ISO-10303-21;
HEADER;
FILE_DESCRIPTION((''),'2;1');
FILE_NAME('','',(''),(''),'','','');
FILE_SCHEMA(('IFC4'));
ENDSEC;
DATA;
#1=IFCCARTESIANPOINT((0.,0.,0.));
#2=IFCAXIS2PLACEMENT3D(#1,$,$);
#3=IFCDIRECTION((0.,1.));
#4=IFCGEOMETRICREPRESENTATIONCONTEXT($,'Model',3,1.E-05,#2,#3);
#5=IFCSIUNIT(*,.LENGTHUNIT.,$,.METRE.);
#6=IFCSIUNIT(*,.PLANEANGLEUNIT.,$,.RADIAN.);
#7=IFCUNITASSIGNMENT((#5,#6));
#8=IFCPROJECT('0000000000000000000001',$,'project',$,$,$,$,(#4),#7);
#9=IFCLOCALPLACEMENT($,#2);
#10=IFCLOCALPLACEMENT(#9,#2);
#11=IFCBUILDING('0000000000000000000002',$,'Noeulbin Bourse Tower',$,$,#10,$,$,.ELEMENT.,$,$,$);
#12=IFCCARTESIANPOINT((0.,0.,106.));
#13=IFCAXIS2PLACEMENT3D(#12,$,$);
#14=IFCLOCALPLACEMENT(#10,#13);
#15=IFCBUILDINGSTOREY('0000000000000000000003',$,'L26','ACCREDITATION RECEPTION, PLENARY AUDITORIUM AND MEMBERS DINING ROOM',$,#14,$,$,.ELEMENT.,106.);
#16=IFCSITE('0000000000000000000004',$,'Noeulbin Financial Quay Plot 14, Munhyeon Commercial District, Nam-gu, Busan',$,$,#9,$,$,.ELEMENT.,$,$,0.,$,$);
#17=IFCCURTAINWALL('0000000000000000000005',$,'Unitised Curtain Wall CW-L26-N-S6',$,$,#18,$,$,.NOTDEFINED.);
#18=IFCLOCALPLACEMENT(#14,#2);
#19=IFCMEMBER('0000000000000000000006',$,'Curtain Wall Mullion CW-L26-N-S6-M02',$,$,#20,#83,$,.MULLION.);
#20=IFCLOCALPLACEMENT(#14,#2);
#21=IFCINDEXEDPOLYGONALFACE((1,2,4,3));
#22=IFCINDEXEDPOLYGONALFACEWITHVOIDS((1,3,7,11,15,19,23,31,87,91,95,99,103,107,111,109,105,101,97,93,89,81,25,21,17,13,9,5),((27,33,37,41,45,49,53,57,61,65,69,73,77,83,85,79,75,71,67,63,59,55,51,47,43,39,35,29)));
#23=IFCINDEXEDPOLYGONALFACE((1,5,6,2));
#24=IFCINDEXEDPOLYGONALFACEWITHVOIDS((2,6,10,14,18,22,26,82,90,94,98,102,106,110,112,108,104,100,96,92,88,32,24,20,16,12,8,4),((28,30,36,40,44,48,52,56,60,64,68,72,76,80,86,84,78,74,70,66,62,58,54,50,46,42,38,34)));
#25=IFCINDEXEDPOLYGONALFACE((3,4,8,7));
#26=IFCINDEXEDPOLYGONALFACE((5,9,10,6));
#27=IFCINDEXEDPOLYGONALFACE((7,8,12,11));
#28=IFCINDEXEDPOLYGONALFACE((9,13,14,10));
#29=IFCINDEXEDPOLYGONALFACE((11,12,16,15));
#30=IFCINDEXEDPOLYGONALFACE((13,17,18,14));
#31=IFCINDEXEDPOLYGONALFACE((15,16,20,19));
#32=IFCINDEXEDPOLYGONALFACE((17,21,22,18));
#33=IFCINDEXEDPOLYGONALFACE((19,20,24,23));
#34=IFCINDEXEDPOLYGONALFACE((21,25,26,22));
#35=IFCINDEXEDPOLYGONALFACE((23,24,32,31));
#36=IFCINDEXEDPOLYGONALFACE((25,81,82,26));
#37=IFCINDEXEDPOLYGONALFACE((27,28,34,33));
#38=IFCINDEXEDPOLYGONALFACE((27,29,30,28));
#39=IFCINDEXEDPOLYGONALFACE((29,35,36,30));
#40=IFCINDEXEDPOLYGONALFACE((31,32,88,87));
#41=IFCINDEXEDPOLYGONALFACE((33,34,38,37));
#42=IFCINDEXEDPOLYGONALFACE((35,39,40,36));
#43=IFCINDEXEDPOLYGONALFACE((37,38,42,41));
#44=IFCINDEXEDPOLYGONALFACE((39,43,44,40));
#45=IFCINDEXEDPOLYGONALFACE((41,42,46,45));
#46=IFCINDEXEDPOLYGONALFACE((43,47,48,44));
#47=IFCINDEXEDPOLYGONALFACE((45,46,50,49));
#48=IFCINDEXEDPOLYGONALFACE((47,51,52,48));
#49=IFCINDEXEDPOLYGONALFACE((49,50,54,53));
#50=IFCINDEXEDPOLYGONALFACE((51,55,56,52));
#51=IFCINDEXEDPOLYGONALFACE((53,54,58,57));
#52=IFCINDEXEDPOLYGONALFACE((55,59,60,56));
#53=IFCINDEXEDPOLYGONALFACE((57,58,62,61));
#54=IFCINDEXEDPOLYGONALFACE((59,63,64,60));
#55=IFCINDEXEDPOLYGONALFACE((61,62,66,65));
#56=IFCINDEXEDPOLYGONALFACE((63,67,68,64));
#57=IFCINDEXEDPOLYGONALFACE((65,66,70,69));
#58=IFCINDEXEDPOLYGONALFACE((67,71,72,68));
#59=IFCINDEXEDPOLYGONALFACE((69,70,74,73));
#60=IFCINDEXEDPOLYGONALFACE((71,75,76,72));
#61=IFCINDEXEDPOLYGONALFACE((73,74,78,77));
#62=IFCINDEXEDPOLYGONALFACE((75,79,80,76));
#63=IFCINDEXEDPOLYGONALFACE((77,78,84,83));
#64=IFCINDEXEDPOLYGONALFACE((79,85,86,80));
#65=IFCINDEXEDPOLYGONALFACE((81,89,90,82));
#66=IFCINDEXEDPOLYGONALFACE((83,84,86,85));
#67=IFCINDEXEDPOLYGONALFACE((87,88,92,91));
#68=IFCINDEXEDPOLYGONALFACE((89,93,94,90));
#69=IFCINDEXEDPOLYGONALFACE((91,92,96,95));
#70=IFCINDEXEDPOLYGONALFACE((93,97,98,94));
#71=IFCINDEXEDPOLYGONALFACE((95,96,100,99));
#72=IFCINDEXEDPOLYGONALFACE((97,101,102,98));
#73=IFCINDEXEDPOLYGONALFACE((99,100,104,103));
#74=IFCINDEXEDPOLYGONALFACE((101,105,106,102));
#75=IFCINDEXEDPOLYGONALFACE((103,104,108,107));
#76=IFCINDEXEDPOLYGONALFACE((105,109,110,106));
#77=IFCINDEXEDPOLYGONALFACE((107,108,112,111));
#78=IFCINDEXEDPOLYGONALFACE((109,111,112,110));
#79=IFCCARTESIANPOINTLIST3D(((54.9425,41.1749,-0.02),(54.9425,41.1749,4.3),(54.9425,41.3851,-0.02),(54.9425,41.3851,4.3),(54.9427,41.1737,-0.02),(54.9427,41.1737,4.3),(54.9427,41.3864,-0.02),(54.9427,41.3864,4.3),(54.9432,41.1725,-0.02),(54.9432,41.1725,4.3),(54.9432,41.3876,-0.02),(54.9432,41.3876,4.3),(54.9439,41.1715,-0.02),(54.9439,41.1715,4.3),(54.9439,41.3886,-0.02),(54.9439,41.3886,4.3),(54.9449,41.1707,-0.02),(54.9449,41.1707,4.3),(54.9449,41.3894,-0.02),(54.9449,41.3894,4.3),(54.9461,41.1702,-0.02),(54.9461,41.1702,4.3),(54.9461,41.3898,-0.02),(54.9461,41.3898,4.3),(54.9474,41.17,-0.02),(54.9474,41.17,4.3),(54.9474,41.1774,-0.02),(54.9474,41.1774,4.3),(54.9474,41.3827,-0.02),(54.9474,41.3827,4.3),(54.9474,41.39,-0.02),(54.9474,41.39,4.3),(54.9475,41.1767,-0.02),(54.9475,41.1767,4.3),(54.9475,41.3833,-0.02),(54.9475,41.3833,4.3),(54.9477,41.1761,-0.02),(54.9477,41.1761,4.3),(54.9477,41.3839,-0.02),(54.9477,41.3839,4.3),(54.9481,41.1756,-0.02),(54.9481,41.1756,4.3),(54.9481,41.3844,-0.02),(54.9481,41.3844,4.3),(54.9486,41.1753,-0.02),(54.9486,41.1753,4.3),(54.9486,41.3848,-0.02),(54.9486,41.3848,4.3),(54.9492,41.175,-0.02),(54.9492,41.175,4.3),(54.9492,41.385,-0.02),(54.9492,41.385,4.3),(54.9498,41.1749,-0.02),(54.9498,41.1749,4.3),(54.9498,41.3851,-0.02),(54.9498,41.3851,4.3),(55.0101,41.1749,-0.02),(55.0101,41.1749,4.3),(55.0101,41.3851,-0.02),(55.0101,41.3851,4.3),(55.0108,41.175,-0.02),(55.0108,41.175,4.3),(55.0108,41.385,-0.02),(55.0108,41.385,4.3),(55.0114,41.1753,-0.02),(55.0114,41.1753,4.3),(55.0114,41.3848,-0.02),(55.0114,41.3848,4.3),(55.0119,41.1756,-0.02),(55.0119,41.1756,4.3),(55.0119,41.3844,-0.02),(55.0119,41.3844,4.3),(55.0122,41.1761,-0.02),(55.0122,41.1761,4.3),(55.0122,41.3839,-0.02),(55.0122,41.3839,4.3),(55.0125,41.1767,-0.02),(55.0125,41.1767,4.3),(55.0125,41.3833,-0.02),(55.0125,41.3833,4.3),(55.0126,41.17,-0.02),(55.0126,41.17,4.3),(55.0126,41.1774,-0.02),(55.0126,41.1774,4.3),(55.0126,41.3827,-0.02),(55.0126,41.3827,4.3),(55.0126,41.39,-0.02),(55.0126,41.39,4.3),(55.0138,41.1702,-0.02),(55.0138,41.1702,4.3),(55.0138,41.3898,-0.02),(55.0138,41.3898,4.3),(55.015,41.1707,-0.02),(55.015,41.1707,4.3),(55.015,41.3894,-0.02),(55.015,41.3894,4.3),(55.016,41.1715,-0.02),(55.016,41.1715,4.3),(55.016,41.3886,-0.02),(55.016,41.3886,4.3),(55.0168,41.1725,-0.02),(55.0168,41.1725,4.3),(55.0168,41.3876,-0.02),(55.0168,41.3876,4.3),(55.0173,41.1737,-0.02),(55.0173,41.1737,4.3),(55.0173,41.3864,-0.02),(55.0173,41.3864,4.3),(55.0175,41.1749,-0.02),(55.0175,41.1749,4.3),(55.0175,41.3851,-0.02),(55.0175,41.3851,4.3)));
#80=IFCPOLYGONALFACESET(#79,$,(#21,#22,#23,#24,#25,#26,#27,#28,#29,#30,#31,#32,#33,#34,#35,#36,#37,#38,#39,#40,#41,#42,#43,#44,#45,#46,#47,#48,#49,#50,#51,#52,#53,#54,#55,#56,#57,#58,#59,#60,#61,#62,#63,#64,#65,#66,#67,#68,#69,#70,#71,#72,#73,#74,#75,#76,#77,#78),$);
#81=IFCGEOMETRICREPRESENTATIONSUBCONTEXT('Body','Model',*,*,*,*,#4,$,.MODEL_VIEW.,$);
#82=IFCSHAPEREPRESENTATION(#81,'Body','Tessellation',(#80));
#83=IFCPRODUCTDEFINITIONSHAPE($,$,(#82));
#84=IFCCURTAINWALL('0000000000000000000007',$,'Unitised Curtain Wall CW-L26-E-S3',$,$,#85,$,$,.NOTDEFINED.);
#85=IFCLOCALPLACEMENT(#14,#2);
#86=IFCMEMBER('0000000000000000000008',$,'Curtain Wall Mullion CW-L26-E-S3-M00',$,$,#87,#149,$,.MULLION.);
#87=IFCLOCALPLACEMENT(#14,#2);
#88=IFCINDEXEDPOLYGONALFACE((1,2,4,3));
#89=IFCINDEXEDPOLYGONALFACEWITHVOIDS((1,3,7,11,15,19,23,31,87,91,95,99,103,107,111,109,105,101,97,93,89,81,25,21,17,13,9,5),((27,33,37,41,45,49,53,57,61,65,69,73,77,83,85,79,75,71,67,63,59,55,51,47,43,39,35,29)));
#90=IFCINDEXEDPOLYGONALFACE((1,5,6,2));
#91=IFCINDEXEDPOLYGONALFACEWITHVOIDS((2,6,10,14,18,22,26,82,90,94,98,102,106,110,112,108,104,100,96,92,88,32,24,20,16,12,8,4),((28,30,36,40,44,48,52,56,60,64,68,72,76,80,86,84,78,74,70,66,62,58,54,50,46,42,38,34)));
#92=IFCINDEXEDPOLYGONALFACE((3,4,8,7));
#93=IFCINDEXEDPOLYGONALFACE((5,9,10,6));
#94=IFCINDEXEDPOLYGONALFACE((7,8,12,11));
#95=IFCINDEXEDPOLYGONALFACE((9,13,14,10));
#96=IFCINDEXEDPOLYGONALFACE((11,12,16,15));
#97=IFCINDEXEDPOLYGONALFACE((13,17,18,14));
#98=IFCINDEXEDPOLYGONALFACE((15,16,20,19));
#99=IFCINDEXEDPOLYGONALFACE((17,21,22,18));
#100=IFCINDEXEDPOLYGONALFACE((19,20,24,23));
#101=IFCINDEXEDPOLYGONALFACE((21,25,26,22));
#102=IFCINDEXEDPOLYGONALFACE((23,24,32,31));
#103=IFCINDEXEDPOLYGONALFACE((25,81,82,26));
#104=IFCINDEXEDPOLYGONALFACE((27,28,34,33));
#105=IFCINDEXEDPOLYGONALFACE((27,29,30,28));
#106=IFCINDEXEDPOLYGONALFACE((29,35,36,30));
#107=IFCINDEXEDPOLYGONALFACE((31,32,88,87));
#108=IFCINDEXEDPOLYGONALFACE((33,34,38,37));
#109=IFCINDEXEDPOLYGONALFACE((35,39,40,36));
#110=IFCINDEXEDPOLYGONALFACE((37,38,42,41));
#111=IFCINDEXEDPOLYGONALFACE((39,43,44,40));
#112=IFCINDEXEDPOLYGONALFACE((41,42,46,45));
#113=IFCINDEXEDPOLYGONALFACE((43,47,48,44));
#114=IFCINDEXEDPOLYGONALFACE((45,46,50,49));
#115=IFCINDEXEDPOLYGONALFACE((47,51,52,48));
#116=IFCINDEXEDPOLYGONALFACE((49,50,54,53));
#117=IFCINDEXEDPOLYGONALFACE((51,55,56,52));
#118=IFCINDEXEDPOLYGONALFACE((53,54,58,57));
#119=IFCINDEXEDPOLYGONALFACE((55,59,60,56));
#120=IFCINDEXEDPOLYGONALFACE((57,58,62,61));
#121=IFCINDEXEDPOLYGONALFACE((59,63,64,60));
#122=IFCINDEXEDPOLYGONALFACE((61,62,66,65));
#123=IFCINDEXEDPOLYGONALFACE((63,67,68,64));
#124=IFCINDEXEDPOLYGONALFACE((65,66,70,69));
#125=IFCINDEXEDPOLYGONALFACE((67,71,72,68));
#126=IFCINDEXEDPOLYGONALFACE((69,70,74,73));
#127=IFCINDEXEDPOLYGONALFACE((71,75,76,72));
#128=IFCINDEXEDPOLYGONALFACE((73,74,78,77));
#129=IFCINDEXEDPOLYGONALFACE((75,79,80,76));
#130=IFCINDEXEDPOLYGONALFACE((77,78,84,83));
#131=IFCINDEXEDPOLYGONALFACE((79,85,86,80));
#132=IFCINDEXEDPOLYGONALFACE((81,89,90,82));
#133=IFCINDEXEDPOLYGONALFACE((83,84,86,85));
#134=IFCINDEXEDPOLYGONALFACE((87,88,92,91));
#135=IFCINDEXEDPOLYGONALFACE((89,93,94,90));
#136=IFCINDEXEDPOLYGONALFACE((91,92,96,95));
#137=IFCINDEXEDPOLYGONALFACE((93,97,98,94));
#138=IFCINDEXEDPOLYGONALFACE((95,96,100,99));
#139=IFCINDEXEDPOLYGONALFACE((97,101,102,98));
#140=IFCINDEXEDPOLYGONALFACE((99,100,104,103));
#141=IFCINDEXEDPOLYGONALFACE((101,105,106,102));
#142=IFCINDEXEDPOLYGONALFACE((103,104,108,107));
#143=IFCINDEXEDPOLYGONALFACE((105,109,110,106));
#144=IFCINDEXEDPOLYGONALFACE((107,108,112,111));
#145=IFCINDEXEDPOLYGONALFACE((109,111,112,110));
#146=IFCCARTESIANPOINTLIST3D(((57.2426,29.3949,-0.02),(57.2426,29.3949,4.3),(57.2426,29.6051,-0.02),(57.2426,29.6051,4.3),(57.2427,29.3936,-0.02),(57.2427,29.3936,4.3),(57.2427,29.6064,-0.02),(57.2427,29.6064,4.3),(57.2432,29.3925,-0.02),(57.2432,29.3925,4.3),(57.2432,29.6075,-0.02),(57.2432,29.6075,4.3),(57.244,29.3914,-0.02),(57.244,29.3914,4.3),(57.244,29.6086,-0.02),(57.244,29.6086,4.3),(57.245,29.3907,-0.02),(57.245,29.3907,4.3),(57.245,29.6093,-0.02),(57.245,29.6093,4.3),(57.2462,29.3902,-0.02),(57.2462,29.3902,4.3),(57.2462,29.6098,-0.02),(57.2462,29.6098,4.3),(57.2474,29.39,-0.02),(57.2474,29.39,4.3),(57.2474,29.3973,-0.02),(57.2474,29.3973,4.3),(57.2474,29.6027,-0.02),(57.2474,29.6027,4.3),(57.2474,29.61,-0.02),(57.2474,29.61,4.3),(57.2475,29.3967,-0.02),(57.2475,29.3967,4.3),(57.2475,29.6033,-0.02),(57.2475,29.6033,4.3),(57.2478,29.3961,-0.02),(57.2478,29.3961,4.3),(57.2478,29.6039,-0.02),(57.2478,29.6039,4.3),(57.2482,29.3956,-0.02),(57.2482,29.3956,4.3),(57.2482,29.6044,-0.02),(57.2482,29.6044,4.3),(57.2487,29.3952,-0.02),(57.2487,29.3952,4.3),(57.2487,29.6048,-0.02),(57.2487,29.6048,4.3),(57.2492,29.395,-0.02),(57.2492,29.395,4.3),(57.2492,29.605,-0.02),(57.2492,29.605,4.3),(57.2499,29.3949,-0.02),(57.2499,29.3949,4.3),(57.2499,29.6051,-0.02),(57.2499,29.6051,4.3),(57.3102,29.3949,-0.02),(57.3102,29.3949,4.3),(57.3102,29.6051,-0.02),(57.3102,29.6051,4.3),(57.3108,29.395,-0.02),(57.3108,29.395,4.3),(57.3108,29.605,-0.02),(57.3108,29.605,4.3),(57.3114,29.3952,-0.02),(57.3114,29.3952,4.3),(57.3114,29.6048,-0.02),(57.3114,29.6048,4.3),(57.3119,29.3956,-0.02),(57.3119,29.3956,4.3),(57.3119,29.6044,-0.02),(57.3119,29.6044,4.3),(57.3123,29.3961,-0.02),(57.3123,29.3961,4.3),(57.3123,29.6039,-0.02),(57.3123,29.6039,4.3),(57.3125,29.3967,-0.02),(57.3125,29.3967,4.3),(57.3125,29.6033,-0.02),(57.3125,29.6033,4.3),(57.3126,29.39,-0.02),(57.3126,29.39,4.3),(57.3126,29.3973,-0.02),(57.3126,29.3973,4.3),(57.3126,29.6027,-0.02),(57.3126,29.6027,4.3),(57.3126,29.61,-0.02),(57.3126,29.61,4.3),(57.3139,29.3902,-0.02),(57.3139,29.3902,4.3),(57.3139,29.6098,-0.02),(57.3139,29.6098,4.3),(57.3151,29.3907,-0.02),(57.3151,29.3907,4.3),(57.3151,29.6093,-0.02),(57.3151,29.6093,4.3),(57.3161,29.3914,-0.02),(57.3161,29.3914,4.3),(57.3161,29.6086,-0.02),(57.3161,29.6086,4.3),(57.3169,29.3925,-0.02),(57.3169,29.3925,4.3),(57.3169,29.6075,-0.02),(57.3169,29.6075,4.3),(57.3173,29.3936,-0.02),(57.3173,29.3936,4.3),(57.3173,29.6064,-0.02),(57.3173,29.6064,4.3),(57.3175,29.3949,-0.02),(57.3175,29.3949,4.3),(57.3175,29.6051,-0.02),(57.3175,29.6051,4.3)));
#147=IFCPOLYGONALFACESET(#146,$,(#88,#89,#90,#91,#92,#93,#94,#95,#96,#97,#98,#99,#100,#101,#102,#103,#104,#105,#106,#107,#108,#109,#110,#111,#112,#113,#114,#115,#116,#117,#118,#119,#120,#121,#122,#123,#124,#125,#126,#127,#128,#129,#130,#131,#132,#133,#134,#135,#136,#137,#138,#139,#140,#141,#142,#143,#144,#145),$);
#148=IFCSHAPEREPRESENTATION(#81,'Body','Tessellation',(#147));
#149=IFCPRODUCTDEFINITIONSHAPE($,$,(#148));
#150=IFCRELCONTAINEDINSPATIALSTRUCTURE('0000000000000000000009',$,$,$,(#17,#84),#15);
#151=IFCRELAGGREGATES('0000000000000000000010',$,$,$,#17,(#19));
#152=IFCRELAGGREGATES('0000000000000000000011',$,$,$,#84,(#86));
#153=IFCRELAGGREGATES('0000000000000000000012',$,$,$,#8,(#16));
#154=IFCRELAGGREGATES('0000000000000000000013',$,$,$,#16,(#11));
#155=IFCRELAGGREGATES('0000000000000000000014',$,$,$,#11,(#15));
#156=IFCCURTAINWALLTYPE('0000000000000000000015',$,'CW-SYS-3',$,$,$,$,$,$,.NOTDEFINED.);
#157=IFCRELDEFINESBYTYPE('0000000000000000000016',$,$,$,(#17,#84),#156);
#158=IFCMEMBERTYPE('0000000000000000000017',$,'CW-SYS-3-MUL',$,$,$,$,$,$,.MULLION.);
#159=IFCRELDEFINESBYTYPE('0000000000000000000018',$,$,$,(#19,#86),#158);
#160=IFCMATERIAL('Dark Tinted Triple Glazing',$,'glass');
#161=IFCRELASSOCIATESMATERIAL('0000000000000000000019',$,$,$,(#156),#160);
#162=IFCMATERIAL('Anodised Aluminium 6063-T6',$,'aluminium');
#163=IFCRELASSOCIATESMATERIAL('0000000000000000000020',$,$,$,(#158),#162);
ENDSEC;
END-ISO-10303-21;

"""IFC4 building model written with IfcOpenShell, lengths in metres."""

from ifc_helpers import new_model, si_unit, direction, frame, origin, origin_2d, place, context, subcontext, project, spatial, hollow_rectangle, extrude, material, material_profile, profile_set, type_object, element, aggregate, save


model = new_model("IFC4")

# Units and contexts
model_context = context("Model", 3, precision=1e-05, world=origin(), true_north=direction((0.0, 1.0)))
body_context = subcontext(model_context, "Body", "Model", "MODEL_VIEW")
ifc_project = project(units=[si_unit("LENGTHUNIT", "METRE"), si_unit("PLANEANGLEUNIT", "RADIAN")], contexts=[model_context])

# Site, building, storey
site_placement = place(None, origin())
site = spatial("IfcSite", under=ifc_project, at=site_placement, Name="Noeulbin Financial Quay Plot 14, Munhyeon Commercial District, Nam-gu, Busan", CompositionType="ELEMENT", RefElevation=0.0)
building_placement = place(site_placement, origin())
building = spatial("IfcBuilding", under=site, at=building_placement, Name="Noeulbin Bourse Tower", CompositionType="ELEMENT")
storey_placement = place(building_placement, frame((0.0, 0.0, 106.0)))
storey = spatial("IfcBuildingStorey", under=building, at=storey_placement, Name="L26", Description="ACCREDITATION RECEPTION, PLENARY AUDITORIUM AND MEMBERS DINING ROOM", CompositionType="ELEMENT", Elevation=106.0)

# Curtain walls, members
ifc_material_1 = material(Name="Dark Tinted Triple Glazing", Category="glass")
curtain_wall_type = type_object("IfcCurtainWallType", Name="CW-SYS-3", PredefinedType="NOTDEFINED", material=ifc_material_1)
curtain_wall_1_placement = place(storey_placement, origin())
curtain_wall_1 = element("IfcCurtainWall", 1, at=curtain_wall_1_placement, inside=storey, type_object=curtain_wall_type, Name="Unitised Curtain Wall CW-L26-N-S6", PredefinedType="NOTDEFINED")
ifc_material_2 = material(Name="Anodised Aluminium 6063-T6", Category="aluminium")
ifc_material_profile_1 = material_profile(ifc_material_2, hollow_rectangle(XDim=0.075, YDim=0.22, WallThickness=0.0049, InnerFilletRadius=0.0024, OuterFilletRadius=0.0049, at=origin_2d()), Name="ALU-MULL-75x220x5", Category="LoadBearing")
ifc_profile_set_1 = profile_set([ifc_material_profile_1], Name="Anodised Aluminium 6063-T6")
member_type_1 = type_object("IfcMemberType", Name="CW-SYS-3-MUL", PredefinedType="MULLION", material=ifc_profile_set_1)
member_1_placement = place(storey_placement, frame((54.98, 41.28, -0.02), z_axis=(0.0, 0.0, 1.0), x_axis=(1.0, 0.0, 0.0)))
member_1 = element("IfcMember", 2, at=member_1_placement, type_object=member_type_1, Name="Curtain Wall Mullion CW-L26-N-S6-M02", PredefinedType="MULLION", context=body_context, shape_type="SweptSolid", body=[
    extrude(hollow_rectangle(XDim=0.075, YDim=0.22, WallThickness=0.0049, InnerFilletRadius=0.0024, OuterFilletRadius=0.0049, at=origin_2d()), origin(), (0.0, 0.0, 1.0), 4.3201),
])
curtain_wall_2_placement = place(storey_placement, origin())
curtain_wall_2 = element("IfcCurtainWall", 3, at=curtain_wall_2_placement, inside=storey, type_object=curtain_wall_type, Name="Unitised Curtain Wall CW-L26-E-S3", PredefinedType="NOTDEFINED")
member_2_placement = place(storey_placement, frame((57.28, 29.5, -0.02), z_axis=(0.0, 0.0, 1.0), x_axis=(1.0, 0.0, 0.0)))
member_2 = element("IfcMember", 4, at=member_2_placement, type_object=member_type_1, Name="Curtain Wall Mullion CW-L26-E-S3-M00", PredefinedType="MULLION", context=body_context, shape_type="SweptSolid", body=[
    extrude(hollow_rectangle(XDim=0.075, YDim=0.22, WallThickness=0.0049, InnerFilletRadius=0.0024, OuterFilletRadius=0.0049, at=origin_2d()), origin(), (0.0, 0.0, 1.0), 4.3201),
])

aggregate(curtain_wall_1, [member_1])
aggregate(curtain_wall_2, [member_2])

save(model, "model.ifc")
